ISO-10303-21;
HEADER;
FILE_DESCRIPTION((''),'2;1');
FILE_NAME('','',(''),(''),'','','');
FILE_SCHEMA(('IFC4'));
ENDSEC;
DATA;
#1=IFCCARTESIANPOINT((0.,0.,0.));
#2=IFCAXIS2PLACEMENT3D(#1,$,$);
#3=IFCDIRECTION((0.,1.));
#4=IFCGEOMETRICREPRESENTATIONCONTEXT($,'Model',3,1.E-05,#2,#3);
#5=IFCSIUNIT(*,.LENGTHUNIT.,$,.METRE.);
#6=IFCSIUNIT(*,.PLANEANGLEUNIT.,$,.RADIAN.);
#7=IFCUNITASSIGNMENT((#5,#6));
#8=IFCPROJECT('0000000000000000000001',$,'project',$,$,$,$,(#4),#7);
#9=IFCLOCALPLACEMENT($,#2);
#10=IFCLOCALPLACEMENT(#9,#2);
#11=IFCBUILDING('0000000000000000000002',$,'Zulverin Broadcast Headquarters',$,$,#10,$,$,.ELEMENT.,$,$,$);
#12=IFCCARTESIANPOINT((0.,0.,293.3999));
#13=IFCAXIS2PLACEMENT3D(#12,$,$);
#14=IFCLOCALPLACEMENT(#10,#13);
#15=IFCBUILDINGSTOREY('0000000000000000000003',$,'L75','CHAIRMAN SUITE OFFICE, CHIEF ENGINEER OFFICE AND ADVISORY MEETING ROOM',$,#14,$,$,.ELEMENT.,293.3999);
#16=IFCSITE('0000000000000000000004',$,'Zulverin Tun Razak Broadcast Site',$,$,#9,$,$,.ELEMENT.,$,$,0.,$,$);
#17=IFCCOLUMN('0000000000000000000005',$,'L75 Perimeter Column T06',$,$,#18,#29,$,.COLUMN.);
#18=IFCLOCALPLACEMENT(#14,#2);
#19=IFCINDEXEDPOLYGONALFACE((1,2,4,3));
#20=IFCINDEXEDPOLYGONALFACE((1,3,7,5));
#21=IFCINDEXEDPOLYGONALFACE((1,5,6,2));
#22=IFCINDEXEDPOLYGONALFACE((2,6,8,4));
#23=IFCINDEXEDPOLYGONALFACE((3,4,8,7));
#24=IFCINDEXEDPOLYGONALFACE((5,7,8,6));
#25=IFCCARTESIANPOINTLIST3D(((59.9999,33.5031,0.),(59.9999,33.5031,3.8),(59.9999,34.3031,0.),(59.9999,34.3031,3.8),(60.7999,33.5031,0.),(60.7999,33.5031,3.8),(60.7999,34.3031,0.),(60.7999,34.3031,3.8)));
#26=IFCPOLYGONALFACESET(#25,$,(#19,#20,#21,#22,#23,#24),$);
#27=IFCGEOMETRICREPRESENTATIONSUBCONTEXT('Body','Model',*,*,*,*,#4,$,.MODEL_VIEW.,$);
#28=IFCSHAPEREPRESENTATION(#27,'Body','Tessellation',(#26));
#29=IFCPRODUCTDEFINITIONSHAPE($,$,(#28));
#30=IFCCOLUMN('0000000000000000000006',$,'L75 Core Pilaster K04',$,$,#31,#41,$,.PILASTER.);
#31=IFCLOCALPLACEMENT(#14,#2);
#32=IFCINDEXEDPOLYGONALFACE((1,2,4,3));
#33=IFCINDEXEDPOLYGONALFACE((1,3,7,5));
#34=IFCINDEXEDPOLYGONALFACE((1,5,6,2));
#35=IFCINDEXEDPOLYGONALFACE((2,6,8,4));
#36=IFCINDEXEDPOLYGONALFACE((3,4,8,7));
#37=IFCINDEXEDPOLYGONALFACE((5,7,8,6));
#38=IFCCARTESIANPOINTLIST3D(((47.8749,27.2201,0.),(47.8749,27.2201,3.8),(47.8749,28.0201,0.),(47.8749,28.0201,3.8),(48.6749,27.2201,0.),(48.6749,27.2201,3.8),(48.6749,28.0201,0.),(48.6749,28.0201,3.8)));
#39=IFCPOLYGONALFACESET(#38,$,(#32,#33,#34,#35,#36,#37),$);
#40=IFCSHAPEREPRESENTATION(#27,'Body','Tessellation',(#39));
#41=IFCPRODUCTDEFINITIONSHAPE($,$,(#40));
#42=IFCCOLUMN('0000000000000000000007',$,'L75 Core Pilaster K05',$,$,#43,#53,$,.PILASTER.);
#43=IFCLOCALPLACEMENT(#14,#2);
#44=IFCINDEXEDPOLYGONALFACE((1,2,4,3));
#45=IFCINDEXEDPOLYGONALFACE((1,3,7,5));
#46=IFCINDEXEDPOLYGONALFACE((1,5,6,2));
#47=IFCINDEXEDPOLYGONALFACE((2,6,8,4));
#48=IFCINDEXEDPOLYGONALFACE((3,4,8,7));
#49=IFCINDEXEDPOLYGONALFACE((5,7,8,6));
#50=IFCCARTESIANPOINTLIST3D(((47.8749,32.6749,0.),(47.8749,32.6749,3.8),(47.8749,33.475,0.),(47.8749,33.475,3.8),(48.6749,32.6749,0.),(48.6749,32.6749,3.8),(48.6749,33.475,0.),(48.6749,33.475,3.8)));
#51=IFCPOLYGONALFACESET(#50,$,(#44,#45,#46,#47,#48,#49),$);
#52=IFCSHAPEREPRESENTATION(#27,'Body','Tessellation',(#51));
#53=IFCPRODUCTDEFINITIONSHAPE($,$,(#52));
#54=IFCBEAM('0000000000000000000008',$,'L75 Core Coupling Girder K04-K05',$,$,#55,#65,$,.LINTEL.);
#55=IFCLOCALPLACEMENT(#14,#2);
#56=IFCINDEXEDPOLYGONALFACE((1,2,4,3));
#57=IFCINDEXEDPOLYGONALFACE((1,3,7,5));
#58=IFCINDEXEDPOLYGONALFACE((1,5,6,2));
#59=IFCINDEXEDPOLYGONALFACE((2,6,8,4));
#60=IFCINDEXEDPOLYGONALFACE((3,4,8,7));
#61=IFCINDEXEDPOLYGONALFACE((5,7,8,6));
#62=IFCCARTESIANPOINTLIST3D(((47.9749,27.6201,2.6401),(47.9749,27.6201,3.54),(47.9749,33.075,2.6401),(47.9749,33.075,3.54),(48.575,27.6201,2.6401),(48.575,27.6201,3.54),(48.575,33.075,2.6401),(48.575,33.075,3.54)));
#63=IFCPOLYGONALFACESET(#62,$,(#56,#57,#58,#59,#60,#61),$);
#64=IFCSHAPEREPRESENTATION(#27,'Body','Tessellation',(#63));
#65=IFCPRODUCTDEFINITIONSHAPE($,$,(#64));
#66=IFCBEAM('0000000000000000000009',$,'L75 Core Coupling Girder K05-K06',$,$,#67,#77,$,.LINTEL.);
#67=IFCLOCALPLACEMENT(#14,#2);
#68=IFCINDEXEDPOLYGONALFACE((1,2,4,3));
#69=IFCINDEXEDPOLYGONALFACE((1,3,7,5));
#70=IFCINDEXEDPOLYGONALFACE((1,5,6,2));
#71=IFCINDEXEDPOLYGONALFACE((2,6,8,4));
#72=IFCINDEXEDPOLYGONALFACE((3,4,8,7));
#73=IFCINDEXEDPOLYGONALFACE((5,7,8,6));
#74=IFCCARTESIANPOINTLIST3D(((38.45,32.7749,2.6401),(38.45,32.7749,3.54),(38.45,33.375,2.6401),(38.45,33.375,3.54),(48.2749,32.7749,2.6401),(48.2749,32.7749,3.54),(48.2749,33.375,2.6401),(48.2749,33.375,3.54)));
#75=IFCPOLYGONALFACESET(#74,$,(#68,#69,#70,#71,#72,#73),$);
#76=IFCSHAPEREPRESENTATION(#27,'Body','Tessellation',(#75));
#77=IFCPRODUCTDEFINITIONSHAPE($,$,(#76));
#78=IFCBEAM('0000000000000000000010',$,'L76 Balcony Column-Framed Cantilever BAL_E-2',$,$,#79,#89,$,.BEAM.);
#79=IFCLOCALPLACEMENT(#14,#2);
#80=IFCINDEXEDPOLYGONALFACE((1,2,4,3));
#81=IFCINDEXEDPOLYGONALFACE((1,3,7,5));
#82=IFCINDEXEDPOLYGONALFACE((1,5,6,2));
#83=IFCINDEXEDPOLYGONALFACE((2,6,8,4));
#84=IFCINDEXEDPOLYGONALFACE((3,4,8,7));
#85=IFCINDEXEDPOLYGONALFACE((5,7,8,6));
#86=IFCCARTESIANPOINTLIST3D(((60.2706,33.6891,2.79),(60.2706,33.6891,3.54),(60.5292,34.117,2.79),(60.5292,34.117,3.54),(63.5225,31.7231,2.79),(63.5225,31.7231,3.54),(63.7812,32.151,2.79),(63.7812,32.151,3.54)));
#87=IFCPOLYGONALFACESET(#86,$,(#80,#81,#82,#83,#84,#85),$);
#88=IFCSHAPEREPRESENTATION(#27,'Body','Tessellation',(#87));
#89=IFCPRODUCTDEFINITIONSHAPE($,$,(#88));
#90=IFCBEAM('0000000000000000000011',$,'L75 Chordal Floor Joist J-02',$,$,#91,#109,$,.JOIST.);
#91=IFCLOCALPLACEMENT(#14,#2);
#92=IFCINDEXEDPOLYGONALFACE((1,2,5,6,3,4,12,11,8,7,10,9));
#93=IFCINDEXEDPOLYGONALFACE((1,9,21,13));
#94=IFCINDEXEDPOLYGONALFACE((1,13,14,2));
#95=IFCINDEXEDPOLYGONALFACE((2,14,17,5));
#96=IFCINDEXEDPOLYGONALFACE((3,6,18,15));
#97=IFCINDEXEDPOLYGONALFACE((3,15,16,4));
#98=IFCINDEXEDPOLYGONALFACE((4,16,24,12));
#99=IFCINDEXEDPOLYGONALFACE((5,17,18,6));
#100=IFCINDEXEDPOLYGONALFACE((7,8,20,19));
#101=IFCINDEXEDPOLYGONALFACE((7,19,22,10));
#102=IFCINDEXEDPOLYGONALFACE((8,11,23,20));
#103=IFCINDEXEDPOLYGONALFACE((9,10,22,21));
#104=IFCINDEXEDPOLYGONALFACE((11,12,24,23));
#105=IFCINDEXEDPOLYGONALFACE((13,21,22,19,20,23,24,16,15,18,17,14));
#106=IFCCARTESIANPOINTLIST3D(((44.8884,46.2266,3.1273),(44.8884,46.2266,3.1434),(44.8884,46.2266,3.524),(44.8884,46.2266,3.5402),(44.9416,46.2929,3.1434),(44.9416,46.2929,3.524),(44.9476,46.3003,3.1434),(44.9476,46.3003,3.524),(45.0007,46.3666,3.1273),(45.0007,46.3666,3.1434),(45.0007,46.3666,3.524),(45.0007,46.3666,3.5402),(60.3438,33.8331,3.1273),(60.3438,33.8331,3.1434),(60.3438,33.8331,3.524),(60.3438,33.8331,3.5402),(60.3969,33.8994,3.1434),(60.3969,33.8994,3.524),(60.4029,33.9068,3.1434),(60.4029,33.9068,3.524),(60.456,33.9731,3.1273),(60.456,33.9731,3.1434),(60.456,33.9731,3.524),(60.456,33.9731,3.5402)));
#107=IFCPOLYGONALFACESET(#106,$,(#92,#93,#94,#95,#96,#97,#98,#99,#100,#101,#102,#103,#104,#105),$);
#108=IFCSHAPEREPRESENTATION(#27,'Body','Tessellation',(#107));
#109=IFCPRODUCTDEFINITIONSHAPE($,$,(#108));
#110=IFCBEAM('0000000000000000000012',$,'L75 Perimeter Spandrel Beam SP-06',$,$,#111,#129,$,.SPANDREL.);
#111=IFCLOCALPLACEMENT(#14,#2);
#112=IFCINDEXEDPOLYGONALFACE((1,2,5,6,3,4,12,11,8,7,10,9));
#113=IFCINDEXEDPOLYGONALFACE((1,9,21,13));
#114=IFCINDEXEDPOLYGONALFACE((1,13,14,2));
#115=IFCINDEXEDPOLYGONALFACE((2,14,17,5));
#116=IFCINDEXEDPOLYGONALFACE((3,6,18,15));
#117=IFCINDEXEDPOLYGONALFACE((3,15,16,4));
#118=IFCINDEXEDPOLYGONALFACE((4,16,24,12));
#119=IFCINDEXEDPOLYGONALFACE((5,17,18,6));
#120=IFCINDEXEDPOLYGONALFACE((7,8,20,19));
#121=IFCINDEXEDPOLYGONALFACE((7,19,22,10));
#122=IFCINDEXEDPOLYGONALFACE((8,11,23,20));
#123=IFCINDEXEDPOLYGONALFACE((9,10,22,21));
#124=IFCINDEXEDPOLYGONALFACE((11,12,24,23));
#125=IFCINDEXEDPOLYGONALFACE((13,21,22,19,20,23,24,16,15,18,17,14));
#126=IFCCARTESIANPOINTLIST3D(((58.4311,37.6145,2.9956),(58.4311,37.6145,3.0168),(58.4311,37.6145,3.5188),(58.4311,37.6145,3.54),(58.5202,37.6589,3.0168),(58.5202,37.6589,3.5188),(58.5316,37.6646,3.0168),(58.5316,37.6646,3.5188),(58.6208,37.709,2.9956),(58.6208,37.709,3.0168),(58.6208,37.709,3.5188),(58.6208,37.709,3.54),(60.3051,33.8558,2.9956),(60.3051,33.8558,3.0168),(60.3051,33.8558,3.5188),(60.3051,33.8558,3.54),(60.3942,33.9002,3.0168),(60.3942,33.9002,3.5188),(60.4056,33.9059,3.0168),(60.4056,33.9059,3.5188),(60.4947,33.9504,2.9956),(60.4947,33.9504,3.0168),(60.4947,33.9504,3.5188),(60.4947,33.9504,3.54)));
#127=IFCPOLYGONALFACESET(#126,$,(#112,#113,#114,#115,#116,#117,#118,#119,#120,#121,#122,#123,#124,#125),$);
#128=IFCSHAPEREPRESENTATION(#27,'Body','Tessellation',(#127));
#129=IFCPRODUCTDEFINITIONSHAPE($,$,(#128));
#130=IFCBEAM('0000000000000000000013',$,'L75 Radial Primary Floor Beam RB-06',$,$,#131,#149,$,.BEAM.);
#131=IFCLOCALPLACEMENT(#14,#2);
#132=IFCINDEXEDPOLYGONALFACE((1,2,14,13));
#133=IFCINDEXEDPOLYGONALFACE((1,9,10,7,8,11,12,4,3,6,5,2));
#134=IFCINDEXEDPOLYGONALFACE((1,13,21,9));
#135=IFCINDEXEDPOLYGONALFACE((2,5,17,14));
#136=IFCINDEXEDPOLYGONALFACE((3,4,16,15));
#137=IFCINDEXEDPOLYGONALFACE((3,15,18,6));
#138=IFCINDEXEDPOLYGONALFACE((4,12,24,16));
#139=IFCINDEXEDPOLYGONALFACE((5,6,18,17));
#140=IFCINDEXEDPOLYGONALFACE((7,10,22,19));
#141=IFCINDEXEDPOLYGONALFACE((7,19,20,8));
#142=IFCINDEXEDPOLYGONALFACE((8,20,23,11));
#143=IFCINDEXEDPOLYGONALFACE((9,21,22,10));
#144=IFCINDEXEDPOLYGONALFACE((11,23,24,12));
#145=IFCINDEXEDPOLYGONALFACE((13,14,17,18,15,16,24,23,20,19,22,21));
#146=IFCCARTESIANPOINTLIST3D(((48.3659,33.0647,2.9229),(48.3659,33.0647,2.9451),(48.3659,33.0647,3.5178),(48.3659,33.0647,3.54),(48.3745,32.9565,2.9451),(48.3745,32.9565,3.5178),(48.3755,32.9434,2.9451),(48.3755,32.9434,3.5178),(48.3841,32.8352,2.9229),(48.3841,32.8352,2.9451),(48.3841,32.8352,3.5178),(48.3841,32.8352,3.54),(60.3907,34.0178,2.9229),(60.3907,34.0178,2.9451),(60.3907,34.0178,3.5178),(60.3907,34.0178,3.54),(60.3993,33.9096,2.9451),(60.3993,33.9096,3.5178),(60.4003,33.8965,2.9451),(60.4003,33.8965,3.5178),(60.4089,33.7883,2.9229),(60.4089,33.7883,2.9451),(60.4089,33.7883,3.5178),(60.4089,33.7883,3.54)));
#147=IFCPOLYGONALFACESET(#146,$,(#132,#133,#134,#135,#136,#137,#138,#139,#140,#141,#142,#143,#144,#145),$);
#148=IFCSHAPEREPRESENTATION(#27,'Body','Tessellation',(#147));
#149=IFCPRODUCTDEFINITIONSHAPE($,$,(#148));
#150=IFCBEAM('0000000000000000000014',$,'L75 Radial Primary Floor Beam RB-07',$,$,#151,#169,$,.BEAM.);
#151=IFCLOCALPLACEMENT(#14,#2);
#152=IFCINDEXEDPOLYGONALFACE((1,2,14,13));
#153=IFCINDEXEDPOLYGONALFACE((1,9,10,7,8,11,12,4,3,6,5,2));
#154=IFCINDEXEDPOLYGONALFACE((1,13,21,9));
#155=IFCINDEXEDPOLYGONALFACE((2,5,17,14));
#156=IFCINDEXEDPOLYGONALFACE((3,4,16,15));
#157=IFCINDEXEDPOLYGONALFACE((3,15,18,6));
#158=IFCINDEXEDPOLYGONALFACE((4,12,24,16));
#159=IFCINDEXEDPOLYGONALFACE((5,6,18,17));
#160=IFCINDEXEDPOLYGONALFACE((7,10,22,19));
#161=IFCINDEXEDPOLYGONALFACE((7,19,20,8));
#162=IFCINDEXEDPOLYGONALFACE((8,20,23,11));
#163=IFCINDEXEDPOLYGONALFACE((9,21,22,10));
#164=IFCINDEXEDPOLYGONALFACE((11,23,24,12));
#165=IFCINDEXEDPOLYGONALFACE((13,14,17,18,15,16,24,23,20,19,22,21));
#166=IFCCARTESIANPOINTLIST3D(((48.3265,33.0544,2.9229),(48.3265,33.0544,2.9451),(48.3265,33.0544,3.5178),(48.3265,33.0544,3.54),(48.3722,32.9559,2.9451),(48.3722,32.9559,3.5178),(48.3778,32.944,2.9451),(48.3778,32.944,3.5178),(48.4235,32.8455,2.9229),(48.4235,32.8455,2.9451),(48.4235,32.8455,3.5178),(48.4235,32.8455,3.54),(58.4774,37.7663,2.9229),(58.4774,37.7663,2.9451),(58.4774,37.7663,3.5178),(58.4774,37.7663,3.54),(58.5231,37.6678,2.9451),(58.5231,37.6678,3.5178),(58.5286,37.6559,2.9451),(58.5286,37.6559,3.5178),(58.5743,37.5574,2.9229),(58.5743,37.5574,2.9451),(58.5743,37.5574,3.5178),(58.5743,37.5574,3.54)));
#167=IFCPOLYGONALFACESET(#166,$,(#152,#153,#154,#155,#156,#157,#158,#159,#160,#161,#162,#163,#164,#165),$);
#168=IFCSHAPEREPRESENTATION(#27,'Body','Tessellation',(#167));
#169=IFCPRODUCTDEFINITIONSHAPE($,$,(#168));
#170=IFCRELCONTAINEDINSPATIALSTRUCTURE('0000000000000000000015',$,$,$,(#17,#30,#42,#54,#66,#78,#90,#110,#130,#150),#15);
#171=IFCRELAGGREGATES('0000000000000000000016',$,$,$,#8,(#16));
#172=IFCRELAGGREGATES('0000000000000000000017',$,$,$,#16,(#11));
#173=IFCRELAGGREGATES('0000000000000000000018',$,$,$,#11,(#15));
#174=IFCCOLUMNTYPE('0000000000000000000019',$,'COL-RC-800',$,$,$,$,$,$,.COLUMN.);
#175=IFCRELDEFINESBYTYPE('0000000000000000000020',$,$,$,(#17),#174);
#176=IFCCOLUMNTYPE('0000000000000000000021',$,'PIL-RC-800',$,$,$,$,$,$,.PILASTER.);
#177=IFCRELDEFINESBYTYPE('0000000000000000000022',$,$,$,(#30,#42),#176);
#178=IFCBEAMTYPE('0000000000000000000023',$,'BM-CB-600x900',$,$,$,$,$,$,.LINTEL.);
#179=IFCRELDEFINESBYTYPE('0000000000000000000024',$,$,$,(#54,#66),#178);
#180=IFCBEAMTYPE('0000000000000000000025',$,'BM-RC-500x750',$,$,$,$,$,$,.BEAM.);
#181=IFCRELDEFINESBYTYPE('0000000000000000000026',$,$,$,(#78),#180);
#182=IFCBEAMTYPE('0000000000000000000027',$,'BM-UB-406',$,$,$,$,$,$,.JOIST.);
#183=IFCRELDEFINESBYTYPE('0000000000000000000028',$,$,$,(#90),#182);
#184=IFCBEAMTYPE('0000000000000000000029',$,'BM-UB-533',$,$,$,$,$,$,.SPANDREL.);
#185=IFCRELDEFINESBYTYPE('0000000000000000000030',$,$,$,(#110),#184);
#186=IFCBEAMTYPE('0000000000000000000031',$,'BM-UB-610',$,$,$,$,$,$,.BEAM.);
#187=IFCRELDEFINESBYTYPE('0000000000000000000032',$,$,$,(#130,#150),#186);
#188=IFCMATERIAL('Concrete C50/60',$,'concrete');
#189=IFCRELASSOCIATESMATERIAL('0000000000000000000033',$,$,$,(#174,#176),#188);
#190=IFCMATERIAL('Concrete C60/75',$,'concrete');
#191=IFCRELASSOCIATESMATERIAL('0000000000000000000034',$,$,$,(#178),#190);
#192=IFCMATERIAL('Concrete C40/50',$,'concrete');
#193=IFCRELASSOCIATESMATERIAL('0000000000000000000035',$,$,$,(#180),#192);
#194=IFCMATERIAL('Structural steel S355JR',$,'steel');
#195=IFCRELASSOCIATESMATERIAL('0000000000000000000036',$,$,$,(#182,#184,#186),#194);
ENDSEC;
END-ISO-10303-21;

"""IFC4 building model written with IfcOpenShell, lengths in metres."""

from ifc_helpers import new_model, si_unit, direction, frame, origin, origin_2d, place, context, subcontext, project, spatial, rectangle, i_section, extrude, material, material_profile, profile_set, type_object, element, save


model = new_model("IFC4")

# Units and contexts
model_context = context("Model", 3, precision=1e-05, world=origin(), true_north=direction((0.0, 1.0)))
body_context = subcontext(model_context, "Body", "Model", "MODEL_VIEW")
ifc_project = project(units=[si_unit("LENGTHUNIT", "METRE"), si_unit("PLANEANGLEUNIT", "RADIAN")], contexts=[model_context])

# Site, building, storey
site_placement = place(None, origin())
site = spatial("IfcSite", under=ifc_project, at=site_placement, Name="Zulverin Tun Razak Broadcast Site", CompositionType="ELEMENT", RefElevation=0.0)
building_placement = place(site_placement, origin())
building = spatial("IfcBuilding", under=site, at=building_placement, Name="Zulverin Broadcast Headquarters", CompositionType="ELEMENT")
storey_placement = place(building_placement, frame((0.0, 0.0, 293.3999)))
storey = spatial("IfcBuildingStorey", under=building, at=storey_placement, Name="L75", Description="CHAIRMAN SUITE OFFICE, CHIEF ENGINEER OFFICE AND ADVISORY MEETING ROOM", CompositionType="ELEMENT", Elevation=293.3999)

# Columns
ifc_material_1 = material(Name="Concrete C50/60", Category="concrete")
ifc_material_profile_1 = material_profile(ifc_material_1, rectangle(XDim=0.8, YDim=0.8, at=origin_2d()), Name="Concrete C50/60", Category="concrete")
ifc_profile_set_1 = profile_set([ifc_material_profile_1], Name="Concrete C50/60")
column_type_1 = type_object("IfcColumnType", Name="COL-RC-800", PredefinedType="COLUMN", material=ifc_profile_set_1)
column_placement = place(storey_placement, frame((60.3999, 33.9031, 0.0), z_axis=(0.0, 0.0, 1.0), x_axis=(1.0, 0.0, 0.0)))
element("IfcColumn", 1, at=column_placement, inside=storey, type_object=column_type_1, Name="L75 Perimeter Column T06", PredefinedType="COLUMN", context=body_context, shape_type="SweptSolid", body=[
    extrude(rectangle(XDim=0.8, YDim=0.8, at=origin_2d()), origin(), (0.0, 0.0, 1.0), 3.8),
])
ifc_material_profile_2 = material_profile(ifc_material_1, rectangle(XDim=0.8, YDim=0.8, at=origin_2d()), Name="Concrete C50/60", Category="concrete")
ifc_profile_set_2 = profile_set([ifc_material_profile_2], Name="Concrete C50/60")
column_type_2 = type_object("IfcColumnType", Name="PIL-RC-800", PredefinedType="PILASTER", material=ifc_profile_set_2)
for number, where, z_axis, x_axis, name in (
    (2, (48.2749, 27.6201, 0.0), (0.0, 0.0, 1.0), (1.0, 0.0, 0.0), "L75 Core Pilaster K04"),
    (3, (48.2749, 33.075, 0.0), (0.0, 0.0, 1.0), (1.0, 0.0, 0.0), "L75 Core Pilaster K05"),
):
    element("IfcColumn", number, at=place(storey_placement, frame(where, z_axis=z_axis, x_axis=x_axis)), inside=storey, type_object=column_type_2, Name=name, PredefinedType="PILASTER", context=body_context, shape_type="SweptSolid", body=[
        extrude(rectangle(XDim=0.8, YDim=0.8, at=origin_2d()), origin(), (0.0, 0.0, 1.0), 3.8),
    ])

# Beams
ifc_material_2 = material(Name="Concrete C60/75", Category="concrete")
ifc_material_profile_3 = material_profile(ifc_material_2, rectangle(XDim=0.6001, YDim=0.8999, at=origin_2d()), Name="Concrete C60/75", Category="concrete")
ifc_profile_set_3 = profile_set([ifc_material_profile_3], Name="Concrete C60/75")
beam_type_1 = type_object("IfcBeamType", Name="BM-CB-600x900", PredefinedType="LINTEL", material=ifc_profile_set_3)
beam_1_placement = place(storey_placement, frame((48.2749, 27.6201, 3.0901), z_axis=(0.0, 1.0, 0.0), x_axis=(-1.0, 0.0, 0.0)))
element("IfcBeam", 4, at=beam_1_placement, inside=storey, type_object=beam_type_1, Name="L75 Core Coupling Girder K04-K05", PredefinedType="LINTEL", context=body_context, shape_type="SweptSolid", body=[
    extrude(rectangle(XDim=0.6001, YDim=0.8999, at=origin_2d()), origin(), (0.0, 0.0, 1.0), 5.4548),
])
beam_2_placement = place(storey_placement, frame((48.2749, 33.075, 3.0901), z_axis=(-1.0, 0.0, 0.0), x_axis=(0.0, -1.0, 0.0)))
element("IfcBeam", 5, at=beam_2_placement, inside=storey, type_object=beam_type_1, Name="L75 Core Coupling Girder K05-K06", PredefinedType="LINTEL", context=body_context, shape_type="SweptSolid", body=[
    extrude(rectangle(XDim=0.6001, YDim=0.8999, at=origin_2d()), origin(), (0.0, 0.0, 1.0), 9.825),
])
ifc_material_3 = material(Name="Concrete C40/50", Category="concrete")
ifc_material_profile_4 = material_profile(ifc_material_3, rectangle(XDim=0.5, YDim=0.75, at=origin_2d()), Name="Concrete C40/50", Category="concrete")
ifc_profile_set_4 = profile_set([ifc_material_profile_4], Name="Concrete C40/50")
beam_type_2 = type_object("IfcBeamType", Name="BM-RC-500x750", PredefinedType="BEAM", material=ifc_profile_set_4)
beam_3_placement = place(storey_placement, frame((60.3999, 33.9031, 3.165), z_axis=(0.855759, -0.517374, 0.0), x_axis=(0.517374, 0.855759, 0.0)))
element("IfcBeam", 6, at=beam_3_placement, inside=storey, type_object=beam_type_2, Name="L76 Balcony Column-Framed Cantilever BAL_E-2", PredefinedType="BEAM", context=body_context, shape_type="SweptSolid", body=[
    extrude(rectangle(XDim=0.5, YDim=0.75, at=origin_2d()), origin(), (0.0, 0.0, 1.0), 3.8),
])
ifc_material_4 = material(Name="Structural steel S355JR", Category="steel")
ifc_material_profile_5 = material_profile(ifc_material_4, i_section(OverallWidth=0.1794, OverallDepth=0.4128, WebThickness=0.0095, FlangeThickness=0.0161, at=origin_2d()), Name="Structural steel S355JR", Category="steel")
ifc_profile_set_5 = profile_set([ifc_material_profile_5], Name="Structural steel S355JR")
beam_type_3 = type_object("IfcBeamType", Name="BM-UB-406", PredefinedType="JOIST", material=ifc_profile_set_5)
beam_4_placement = place(storey_placement, frame((60.3999, 33.9031, 3.3337), z_axis=(-0.780147, 0.625596, 0.0), x_axis=(-0.625596, -0.780147, 0.0)))
element("IfcBeam", 7, at=beam_4_placement, inside=storey, type_object=beam_type_3, Name="L75 Chordal Floor Joist J-02", PredefinedType="JOIST", context=body_context, shape_type="SweptSolid", body=[
    extrude(i_section(OverallWidth=0.1794, OverallDepth=0.4128, WebThickness=0.0095, FlangeThickness=0.0161, at=origin_2d()), origin(), (0.0, 0.0, 1.0), 19.8108),
])
ifc_material_profile_6 = material_profile(ifc_material_4, i_section(OverallWidth=0.2119, OverallDepth=0.5444, WebThickness=0.0127, FlangeThickness=0.0212, at=origin_2d()), Name="Structural steel S355JR", Category="steel")
ifc_profile_set_6 = profile_set([ifc_material_profile_6], Name="Structural steel S355JR")
beam_type_4 = type_object("IfcBeamType", Name="BM-UB-533", PredefinedType="SPANDREL", material=ifc_profile_set_6)
beam_5_placement = place(storey_placement, frame((60.3999, 33.9031, 3.2678), z_axis=(-0.44619, 0.894938, 0.0), x_axis=(-0.894938, -0.44619, 0.0)))
element("IfcBeam", 8, at=beam_5_placement, inside=storey, type_object=beam_type_4, Name="L75 Perimeter Spandrel Beam SP-06", PredefinedType="SPANDREL", context=body_context, shape_type="SweptSolid", body=[
    extrude(i_section(OverallWidth=0.2119, OverallDepth=0.5444, WebThickness=0.0127, FlangeThickness=0.0212, at=origin_2d()), origin(), (0.0, 0.0, 1.0), 4.2),
])
ifc_material_profile_7 = material_profile(ifc_material_4, i_section(OverallWidth=0.2302, OverallDepth=0.6172, WebThickness=0.0132, FlangeThickness=0.0222, at=origin_2d()), Name="Structural steel S355JR", Category="steel")
ifc_profile_set_7 = profile_set([ifc_material_profile_7], Name="Structural steel S355JR")
beam_type_5 = type_object("IfcBeamType", Name="BM-UB-610", PredefinedType="BEAM", material=ifc_profile_set_7)
beam_6_placement = place(storey_placement, frame((48.375, 32.95, 3.2314), z_axis=(0.996873, 0.079015, 0.0), x_axis=(-0.079015, 0.996873, 0.0)))
element("IfcBeam", 9, at=beam_6_placement, inside=storey, type_object=beam_type_5, Name="L75 Radial Primary Floor Beam RB-06", PredefinedType="BEAM", context=body_context, shape_type="SweptSolid", body=[
    extrude(i_section(OverallWidth=0.2302, OverallDepth=0.6172, WebThickness=0.0132, FlangeThickness=0.0222, at=origin_2d()), origin(), (0.0, 0.0, 1.0), 12.0625),
])
beam_7_placement = place(storey_placement, frame((48.375, 32.95, 3.2314), z_axis=(0.907043, 0.421038, 0.0), x_axis=(-0.421038, 0.907043, 0.0)))
element("IfcBeam", 10, at=beam_7_placement, inside=storey, type_object=beam_type_5, Name="L75 Radial Primary Floor Beam RB-07", PredefinedType="BEAM", context=body_context, shape_type="SweptSolid", body=[
    extrude(i_section(OverallWidth=0.2302, OverallDepth=0.6172, WebThickness=0.0132, FlangeThickness=0.0222, at=origin_2d()), origin(), (0.0, 0.0, 1.0), 11.1912),
])

save(model, "model.ifc")
